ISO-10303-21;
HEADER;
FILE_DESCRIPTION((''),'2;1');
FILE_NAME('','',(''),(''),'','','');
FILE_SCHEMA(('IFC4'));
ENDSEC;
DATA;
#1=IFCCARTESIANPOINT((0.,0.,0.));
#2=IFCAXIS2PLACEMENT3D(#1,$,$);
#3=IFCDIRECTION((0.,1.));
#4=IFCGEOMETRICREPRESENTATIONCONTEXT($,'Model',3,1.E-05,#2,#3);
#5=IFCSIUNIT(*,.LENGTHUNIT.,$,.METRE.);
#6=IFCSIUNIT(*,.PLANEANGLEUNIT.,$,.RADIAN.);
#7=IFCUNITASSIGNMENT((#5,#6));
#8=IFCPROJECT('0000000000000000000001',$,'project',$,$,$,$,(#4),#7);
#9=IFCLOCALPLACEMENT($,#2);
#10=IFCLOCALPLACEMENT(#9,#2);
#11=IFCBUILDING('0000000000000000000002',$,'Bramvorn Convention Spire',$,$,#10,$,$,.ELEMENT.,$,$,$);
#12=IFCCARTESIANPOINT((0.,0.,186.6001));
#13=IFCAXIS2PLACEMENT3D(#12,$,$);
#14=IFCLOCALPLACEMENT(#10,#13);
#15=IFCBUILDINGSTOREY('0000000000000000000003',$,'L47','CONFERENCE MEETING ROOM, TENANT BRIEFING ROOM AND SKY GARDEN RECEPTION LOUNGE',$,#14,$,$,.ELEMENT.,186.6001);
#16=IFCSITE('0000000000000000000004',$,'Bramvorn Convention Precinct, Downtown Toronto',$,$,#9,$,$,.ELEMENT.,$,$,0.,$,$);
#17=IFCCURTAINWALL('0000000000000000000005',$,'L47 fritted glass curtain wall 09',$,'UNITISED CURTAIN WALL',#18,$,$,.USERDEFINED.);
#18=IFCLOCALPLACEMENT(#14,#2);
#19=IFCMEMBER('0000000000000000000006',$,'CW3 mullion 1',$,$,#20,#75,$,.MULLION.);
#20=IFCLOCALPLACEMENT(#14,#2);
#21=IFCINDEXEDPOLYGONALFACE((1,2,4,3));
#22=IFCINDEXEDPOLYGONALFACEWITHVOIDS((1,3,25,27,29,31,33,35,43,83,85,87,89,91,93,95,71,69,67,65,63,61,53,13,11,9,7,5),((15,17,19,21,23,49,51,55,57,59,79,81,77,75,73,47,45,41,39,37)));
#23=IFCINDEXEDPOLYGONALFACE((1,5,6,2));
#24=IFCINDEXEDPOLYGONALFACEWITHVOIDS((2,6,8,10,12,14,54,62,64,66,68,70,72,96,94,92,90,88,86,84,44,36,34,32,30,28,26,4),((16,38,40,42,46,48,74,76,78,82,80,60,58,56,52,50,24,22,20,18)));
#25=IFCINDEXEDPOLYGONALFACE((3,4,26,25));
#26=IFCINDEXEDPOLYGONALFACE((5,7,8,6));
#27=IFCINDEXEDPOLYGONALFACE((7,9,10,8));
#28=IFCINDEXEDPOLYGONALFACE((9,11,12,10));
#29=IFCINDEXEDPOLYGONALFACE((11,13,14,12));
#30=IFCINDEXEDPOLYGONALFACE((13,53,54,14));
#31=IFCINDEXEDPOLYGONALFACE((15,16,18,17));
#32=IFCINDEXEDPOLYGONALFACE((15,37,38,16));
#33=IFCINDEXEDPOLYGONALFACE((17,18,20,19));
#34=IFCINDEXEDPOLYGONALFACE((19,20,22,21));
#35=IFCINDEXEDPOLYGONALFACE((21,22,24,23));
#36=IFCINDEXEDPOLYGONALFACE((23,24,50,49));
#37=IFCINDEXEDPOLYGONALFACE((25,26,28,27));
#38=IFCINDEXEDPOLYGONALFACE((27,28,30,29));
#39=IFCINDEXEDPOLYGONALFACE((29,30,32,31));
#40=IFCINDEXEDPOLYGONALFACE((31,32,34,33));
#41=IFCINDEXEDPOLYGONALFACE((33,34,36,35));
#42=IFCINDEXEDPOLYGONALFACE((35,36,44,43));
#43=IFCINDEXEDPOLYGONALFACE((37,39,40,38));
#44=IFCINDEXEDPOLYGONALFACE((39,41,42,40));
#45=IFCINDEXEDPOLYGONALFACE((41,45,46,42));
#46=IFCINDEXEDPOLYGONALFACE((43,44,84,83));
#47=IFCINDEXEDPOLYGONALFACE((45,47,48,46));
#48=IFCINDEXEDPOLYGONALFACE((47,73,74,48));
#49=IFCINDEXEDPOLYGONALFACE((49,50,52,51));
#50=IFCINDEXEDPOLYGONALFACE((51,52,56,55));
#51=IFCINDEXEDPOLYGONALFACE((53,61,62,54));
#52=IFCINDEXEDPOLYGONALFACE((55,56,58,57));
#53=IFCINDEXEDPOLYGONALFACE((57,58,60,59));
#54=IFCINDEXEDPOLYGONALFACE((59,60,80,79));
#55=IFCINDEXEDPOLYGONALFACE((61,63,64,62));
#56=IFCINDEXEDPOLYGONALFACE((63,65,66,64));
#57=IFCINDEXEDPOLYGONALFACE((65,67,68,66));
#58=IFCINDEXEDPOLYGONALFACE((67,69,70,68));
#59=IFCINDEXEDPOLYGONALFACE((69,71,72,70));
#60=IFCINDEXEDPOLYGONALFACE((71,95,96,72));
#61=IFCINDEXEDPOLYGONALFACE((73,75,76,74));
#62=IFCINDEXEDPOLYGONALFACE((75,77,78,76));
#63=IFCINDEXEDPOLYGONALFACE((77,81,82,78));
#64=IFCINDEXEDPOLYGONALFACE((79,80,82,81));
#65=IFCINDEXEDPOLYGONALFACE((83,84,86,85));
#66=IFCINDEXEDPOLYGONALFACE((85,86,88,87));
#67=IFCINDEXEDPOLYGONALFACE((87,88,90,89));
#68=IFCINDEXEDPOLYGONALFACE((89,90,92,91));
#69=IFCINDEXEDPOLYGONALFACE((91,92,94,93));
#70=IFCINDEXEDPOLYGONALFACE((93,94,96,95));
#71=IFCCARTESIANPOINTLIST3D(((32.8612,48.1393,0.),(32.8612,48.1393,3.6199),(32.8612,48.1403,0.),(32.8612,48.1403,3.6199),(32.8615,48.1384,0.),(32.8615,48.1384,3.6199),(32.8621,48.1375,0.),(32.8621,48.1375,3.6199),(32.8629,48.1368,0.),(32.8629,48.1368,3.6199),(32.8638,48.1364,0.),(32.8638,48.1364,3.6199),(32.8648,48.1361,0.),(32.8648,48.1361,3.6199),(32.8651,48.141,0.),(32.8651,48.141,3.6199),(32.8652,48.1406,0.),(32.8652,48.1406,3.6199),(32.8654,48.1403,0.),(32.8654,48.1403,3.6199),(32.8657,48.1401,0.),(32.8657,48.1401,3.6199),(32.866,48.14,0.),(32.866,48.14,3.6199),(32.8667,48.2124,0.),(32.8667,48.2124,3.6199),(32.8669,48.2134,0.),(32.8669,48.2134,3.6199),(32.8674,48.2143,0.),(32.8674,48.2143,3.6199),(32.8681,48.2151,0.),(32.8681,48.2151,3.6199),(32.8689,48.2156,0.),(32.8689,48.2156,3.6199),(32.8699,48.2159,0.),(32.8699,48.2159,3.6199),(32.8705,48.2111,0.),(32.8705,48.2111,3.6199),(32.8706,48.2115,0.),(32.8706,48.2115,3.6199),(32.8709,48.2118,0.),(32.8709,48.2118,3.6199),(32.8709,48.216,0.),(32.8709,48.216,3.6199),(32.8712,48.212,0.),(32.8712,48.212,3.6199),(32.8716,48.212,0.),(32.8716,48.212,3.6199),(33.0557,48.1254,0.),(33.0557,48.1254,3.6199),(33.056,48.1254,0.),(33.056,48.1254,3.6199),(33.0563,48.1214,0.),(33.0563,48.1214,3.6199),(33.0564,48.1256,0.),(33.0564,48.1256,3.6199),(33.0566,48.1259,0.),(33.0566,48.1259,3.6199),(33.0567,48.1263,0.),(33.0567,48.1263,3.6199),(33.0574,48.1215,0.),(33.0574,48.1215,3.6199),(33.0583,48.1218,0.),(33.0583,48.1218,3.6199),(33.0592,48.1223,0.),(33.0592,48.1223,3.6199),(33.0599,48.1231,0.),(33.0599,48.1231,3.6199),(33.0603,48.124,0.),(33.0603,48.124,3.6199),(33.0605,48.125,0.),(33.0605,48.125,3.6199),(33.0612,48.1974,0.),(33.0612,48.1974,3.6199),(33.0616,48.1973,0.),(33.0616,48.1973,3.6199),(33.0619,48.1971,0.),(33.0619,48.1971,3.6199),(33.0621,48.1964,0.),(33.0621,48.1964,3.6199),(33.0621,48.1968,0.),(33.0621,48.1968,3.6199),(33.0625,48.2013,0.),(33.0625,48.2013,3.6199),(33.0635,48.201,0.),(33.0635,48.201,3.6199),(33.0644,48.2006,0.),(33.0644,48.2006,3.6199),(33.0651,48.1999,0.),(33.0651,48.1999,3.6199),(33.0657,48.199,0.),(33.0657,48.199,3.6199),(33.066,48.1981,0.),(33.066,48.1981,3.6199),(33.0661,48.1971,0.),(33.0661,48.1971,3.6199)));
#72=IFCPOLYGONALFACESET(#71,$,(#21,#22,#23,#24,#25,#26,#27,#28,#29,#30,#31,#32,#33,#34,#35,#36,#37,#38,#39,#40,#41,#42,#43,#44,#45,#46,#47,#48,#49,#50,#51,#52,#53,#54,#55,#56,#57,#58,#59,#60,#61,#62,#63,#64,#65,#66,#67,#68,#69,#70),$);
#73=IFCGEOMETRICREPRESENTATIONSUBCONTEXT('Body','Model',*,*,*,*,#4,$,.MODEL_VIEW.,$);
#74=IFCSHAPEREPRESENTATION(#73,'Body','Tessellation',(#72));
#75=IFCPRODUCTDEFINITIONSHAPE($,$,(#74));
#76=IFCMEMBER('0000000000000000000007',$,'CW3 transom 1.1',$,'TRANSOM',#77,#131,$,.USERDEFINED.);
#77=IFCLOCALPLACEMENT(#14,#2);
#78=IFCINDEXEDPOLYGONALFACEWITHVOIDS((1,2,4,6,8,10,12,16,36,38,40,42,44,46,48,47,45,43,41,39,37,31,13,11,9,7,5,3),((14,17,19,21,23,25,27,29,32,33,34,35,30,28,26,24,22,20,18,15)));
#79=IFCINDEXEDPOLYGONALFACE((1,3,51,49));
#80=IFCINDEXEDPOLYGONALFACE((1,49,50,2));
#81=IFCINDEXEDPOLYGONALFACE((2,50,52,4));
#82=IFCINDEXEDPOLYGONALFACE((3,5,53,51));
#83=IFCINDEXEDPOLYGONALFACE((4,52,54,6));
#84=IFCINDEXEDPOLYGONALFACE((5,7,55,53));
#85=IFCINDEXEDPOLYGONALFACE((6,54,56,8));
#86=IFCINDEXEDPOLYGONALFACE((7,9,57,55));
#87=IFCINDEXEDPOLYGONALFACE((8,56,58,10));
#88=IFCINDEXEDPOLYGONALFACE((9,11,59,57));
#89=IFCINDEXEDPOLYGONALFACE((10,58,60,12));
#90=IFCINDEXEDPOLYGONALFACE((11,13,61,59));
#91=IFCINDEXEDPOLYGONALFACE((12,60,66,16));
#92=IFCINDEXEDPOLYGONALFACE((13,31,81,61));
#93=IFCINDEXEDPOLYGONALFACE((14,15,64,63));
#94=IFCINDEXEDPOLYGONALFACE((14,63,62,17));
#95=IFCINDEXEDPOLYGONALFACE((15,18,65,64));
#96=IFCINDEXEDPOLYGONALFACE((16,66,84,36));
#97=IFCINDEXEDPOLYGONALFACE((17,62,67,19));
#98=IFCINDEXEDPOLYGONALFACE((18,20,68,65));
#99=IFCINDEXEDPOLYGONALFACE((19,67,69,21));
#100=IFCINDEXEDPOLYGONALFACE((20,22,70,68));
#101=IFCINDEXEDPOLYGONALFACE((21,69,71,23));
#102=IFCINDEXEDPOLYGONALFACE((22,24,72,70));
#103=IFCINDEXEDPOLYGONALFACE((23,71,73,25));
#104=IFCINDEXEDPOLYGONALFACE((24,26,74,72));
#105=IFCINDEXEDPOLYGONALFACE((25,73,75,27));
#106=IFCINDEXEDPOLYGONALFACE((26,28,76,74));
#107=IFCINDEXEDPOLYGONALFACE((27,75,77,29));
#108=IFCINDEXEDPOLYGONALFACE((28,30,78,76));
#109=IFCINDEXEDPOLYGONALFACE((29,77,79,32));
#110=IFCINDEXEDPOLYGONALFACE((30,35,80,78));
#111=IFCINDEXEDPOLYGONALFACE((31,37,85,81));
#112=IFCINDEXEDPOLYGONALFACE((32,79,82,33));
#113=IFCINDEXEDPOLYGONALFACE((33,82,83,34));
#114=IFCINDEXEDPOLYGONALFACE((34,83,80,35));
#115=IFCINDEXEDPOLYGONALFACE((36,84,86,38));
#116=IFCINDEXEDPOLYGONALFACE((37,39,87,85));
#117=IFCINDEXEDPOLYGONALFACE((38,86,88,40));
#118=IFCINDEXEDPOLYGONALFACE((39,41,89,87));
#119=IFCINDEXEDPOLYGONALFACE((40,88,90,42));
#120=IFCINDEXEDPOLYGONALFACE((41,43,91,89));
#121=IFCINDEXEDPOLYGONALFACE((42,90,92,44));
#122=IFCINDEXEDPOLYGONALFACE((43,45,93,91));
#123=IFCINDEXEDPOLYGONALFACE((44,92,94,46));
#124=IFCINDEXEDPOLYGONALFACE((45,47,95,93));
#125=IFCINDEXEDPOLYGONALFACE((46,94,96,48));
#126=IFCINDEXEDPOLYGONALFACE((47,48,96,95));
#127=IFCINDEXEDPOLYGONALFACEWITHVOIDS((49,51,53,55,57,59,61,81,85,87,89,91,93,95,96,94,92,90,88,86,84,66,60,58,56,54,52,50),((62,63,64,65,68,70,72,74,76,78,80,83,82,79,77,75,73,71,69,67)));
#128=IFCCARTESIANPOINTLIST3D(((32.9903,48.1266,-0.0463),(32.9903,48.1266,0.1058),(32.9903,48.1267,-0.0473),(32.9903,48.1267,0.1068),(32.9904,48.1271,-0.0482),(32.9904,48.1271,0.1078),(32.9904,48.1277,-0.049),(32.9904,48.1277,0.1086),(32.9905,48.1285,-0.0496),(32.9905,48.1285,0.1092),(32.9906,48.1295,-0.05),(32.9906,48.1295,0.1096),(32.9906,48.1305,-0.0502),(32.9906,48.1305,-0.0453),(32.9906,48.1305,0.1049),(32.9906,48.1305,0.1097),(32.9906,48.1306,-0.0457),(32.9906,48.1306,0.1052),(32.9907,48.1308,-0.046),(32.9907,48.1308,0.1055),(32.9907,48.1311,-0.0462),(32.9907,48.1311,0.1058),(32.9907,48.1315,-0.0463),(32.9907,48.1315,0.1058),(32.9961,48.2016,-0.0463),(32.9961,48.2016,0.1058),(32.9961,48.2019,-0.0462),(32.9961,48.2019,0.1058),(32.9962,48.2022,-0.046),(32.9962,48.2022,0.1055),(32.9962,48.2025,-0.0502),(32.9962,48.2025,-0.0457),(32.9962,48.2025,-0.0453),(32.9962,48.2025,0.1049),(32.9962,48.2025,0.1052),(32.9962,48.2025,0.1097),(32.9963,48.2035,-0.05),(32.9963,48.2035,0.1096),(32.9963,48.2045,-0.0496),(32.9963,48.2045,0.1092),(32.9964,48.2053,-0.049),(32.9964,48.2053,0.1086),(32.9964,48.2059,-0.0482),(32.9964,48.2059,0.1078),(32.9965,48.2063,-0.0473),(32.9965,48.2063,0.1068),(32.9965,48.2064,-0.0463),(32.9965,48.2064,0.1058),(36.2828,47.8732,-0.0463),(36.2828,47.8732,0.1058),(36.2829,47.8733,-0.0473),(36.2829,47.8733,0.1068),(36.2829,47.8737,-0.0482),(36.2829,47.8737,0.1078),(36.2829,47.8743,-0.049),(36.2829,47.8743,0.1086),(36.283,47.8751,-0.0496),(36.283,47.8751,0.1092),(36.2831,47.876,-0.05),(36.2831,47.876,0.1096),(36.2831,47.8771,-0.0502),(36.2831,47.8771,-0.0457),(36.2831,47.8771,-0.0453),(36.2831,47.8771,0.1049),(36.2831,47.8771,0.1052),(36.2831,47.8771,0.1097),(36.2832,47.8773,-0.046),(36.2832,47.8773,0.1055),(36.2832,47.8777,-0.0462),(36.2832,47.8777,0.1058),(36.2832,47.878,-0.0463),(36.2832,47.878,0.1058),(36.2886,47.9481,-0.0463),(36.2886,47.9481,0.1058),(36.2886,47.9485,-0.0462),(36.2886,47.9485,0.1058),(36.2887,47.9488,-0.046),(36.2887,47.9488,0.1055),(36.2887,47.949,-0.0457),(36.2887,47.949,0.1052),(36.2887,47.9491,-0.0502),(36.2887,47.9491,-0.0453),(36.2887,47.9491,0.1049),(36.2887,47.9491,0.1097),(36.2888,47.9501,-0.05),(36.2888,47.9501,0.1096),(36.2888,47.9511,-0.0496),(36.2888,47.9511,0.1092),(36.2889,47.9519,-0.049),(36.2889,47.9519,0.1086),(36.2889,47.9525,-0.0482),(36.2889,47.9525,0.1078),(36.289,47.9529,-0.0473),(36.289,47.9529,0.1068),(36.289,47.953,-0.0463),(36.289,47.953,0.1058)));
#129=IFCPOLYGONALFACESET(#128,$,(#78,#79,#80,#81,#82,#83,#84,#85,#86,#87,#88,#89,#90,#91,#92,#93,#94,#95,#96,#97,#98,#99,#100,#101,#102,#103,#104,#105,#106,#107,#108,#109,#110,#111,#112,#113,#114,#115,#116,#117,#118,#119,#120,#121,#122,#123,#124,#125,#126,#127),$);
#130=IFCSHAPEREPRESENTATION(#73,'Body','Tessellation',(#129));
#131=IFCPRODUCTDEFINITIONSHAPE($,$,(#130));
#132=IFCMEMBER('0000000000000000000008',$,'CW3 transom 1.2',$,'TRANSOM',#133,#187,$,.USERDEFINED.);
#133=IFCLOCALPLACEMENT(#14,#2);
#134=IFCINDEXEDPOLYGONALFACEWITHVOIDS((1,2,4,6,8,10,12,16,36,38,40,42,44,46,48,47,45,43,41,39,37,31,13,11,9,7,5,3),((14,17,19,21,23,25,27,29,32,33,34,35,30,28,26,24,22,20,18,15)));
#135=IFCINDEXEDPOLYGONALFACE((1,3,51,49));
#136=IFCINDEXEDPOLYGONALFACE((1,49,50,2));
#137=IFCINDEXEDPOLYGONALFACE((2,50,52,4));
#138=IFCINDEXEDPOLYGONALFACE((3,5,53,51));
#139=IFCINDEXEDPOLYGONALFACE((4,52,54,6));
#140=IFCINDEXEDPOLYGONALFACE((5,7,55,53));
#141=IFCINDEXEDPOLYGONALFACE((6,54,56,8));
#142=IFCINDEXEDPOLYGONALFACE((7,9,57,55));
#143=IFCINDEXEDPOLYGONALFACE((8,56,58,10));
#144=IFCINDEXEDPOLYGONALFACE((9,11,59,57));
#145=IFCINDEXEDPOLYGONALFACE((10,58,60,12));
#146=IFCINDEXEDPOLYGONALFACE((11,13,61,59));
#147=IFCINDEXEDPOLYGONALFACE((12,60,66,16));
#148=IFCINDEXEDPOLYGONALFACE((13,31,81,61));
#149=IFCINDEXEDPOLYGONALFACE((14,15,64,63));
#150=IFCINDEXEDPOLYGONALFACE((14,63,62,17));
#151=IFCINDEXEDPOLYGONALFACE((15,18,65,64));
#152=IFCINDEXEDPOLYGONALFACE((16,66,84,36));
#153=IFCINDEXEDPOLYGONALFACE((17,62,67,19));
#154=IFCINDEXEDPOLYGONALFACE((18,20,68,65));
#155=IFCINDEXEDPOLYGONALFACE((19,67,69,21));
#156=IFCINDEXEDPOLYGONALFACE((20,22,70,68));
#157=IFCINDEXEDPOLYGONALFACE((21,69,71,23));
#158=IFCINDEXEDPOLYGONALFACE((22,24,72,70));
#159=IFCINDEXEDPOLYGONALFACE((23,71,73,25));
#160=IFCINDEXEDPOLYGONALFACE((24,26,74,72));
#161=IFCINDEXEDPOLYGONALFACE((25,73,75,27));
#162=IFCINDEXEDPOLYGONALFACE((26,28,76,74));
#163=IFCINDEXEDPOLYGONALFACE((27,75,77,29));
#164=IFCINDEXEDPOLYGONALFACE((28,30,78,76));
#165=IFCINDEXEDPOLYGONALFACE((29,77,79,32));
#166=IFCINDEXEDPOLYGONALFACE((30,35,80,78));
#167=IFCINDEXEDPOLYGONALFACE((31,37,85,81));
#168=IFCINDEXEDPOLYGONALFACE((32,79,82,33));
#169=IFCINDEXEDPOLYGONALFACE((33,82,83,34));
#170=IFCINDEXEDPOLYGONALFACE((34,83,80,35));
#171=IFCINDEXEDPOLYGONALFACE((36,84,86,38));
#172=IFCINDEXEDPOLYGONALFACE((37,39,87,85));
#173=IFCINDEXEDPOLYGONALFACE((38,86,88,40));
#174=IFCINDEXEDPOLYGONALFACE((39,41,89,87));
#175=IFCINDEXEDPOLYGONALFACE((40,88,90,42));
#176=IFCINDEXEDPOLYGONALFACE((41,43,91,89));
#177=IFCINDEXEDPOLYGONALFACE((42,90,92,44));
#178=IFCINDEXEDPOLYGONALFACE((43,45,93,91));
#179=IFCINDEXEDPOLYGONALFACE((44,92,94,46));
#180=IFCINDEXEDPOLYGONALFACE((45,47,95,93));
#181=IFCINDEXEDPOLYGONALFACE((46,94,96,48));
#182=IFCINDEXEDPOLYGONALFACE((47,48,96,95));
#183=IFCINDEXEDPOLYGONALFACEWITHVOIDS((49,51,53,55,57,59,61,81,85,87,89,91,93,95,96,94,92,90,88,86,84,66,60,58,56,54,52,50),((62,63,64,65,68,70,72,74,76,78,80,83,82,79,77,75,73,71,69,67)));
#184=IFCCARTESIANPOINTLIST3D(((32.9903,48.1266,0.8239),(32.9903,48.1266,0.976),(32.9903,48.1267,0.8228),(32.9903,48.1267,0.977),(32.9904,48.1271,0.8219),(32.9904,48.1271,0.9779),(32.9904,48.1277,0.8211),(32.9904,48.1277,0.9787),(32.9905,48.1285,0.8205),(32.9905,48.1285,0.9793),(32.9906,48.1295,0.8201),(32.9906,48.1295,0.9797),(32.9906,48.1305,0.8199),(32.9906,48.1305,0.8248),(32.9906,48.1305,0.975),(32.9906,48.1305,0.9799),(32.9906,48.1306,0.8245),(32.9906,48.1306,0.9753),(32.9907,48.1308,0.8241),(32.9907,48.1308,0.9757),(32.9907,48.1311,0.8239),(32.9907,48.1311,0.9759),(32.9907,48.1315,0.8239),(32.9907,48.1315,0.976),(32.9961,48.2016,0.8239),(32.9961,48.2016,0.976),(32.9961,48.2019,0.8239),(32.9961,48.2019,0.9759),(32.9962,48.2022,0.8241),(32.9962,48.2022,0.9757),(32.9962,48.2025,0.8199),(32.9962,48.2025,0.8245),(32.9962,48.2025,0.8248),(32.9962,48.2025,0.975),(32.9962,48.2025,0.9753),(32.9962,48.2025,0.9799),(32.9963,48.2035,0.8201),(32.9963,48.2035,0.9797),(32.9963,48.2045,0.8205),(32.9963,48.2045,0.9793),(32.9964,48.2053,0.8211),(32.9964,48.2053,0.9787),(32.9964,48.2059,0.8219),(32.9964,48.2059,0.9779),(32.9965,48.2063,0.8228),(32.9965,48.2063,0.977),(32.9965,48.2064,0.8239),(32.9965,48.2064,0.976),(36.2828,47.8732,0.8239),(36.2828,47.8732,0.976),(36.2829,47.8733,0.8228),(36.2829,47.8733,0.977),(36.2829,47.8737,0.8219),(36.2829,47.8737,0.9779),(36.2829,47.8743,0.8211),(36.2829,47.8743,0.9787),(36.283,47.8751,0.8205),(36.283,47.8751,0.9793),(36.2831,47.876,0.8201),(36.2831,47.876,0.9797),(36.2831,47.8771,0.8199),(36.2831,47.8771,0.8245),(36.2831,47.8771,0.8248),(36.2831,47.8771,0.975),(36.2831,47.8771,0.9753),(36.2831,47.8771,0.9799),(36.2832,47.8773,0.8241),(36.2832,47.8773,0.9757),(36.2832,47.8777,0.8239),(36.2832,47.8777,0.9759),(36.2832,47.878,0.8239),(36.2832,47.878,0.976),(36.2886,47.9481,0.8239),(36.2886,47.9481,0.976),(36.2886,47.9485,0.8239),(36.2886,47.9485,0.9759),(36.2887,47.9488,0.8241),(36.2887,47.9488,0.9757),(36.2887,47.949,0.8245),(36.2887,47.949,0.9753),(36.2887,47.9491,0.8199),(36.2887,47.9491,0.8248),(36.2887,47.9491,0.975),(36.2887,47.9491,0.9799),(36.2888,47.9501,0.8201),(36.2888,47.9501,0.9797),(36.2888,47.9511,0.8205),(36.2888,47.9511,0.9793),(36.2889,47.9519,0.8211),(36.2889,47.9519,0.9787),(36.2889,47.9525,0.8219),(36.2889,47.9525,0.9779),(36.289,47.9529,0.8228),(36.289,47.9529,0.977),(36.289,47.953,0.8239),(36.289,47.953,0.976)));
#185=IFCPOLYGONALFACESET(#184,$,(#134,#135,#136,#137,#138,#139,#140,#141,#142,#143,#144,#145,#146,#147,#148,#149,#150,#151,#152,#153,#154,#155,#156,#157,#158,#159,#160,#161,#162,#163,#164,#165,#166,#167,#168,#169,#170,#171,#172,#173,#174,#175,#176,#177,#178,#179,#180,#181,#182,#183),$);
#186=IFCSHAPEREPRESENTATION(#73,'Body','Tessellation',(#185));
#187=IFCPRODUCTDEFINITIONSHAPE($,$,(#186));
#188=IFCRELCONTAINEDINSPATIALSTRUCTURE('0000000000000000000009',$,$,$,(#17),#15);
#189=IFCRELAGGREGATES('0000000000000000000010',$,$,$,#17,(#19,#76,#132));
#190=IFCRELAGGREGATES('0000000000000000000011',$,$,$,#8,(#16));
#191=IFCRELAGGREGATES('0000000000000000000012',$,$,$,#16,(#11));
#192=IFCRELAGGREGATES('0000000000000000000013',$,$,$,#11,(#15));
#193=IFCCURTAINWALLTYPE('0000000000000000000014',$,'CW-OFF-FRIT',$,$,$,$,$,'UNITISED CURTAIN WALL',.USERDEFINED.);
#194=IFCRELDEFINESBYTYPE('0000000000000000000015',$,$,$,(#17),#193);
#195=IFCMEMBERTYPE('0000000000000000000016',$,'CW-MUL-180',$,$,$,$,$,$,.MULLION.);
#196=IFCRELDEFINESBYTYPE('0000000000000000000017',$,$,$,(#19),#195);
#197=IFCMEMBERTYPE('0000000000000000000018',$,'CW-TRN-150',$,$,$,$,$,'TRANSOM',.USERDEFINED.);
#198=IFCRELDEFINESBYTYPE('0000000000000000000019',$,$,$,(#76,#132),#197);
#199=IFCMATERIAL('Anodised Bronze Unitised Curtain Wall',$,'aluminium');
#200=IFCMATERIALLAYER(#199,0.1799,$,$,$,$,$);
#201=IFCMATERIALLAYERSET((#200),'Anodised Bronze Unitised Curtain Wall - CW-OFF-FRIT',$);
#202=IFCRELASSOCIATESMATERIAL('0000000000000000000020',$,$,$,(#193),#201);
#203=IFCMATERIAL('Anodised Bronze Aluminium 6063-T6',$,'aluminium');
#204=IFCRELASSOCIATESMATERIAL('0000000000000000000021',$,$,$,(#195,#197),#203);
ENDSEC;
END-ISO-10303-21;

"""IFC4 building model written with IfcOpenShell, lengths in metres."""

from ifc_helpers import new_model, si_unit, direction, frame, origin, origin_2d, place, context, subcontext, project, spatial, hollow_rectangle, extrude, material, layer, layer_set, material_profile, profile_set, type_object, element, aggregate, save


model = new_model("IFC4")

# Units and contexts
model_context = context("Model", 3, precision=1e-05, world=origin(), true_north=direction((0.0, 1.0)))
body_context = subcontext(model_context, "Body", "Model", "MODEL_VIEW")
ifc_project = project(units=[si_unit("LENGTHUNIT", "METRE"), si_unit("PLANEANGLEUNIT", "RADIAN")], contexts=[model_context])

# Site, building, storey
site_placement = place(None, origin())
site = spatial("IfcSite", under=ifc_project, at=site_placement, Name="Bramvorn Convention Precinct, Downtown Toronto", CompositionType="ELEMENT", RefElevation=0.0)
building_placement = place(site_placement, origin())
building = spatial("IfcBuilding", under=site, at=building_placement, Name="Bramvorn Convention Spire", CompositionType="ELEMENT")
storey_placement = place(building_placement, frame((0.0, 0.0, 186.6001)))
storey = spatial("IfcBuildingStorey", under=building, at=storey_placement, Name="L47", Description="CONFERENCE MEETING ROOM, TENANT BRIEFING ROOM AND SKY GARDEN RECEPTION LOUNGE", CompositionType="ELEMENT", Elevation=186.6001)

# Curtain wall, members
ifc_material_1 = material(Name="Anodised Bronze Unitised Curtain Wall", Category="aluminium")
ifc_layer_1 = layer(ifc_material_1, 0.1799)
ifc_layer_set_1 = layer_set([ifc_layer_1], Name="Anodised Bronze Unitised Curtain Wall - CW-OFF-FRIT")
curtain_wall_type = type_object("IfcCurtainWallType", Name="CW-OFF-FRIT", ElementType="UNITISED CURTAIN WALL", PredefinedType="USERDEFINED", material=ifc_layer_set_1)
curtain_wall_placement = place(storey_placement, origin())
curtain_wall = element("IfcCurtainWall", 1, at=curtain_wall_placement, inside=storey, type_object=curtain_wall_type, Name="L47 fritted glass curtain wall 09", ObjectType="UNITISED CURTAIN WALL", PredefinedType="USERDEFINED")
ifc_material_2 = material(Name="Anodised Bronze Aluminium 6063-T6", Category="aluminium")
ifc_material_profile_1 = material_profile(ifc_material_2, hollow_rectangle(XDim=0.0801, YDim=0.2, WallThickness=0.0039, InnerFilletRadius=0.001, OuterFilletRadius=0.0039, at=origin_2d()))
ifc_profile_set_1 = profile_set([ifc_material_profile_1], Name="Anodised Bronze Aluminium 6063-T6 - CWM80X200")
member_type_1 = type_object("IfcMemberType", Name="CW-MUL-180", PredefinedType="MULLION", material=ifc_profile_set_1)
member_1_placement = place(storey_placement, frame((32.9636, 48.1687, 0.0), z_axis=(0.0, 0.0, 1.0), x_axis=(0.076675, 0.997056, 0.0)))
member_1 = element("IfcMember", 2, at=member_1_placement, type_object=member_type_1, Name="CW3 mullion 1", PredefinedType="MULLION", context=body_context, shape_type="SweptSolid", body=[
    extrude(hollow_rectangle(XDim=0.0801, YDim=0.2, WallThickness=0.0039, InnerFilletRadius=0.001, OuterFilletRadius=0.0039, at=origin_2d()), origin(), (0.0, 0.0, 1.0), 3.6199),
])
ifc_material_profile_2 = material_profile(ifc_material_2, hollow_rectangle(XDim=0.0801, YDim=0.1599, WallThickness=0.0039, InnerFilletRadius=0.001, OuterFilletRadius=0.0039, at=origin_2d()))
ifc_profile_set_2 = profile_set([ifc_material_profile_2], Name="Anodised Bronze Aluminium 6063-T6 - CWT80X160")
member_type_2 = type_object("IfcMemberType", Name="CW-TRN-150", ElementType="TRANSOM", PredefinedType="USERDEFINED", material=ifc_profile_set_2)
member_2_placement = place(storey_placement, frame((32.9934, 48.1665, 0.0298), z_axis=(0.997051, -0.076742, 0.0), x_axis=(0.076742, 0.997051, 0.0)))
member_2 = element("IfcMember", 3, at=member_2_placement, type_object=member_type_2, Name="CW3 transom 1.1", ObjectType="TRANSOM", PredefinedType="USERDEFINED", context=body_context, shape_type="SweptSolid", body=[
    extrude(hollow_rectangle(XDim=0.0801, YDim=0.1599, WallThickness=0.0039, InnerFilletRadius=0.001, OuterFilletRadius=0.0039, at=origin_2d()), origin(), (0.0, 0.0, 1.0), 3.3022),
])
member_3_placement = place(storey_placement, frame((32.9934, 48.1665, 0.8999), z_axis=(0.997051, -0.076742, 0.0), x_axis=(0.076742, 0.997051, 0.0)))
member_3 = element("IfcMember", 4, at=member_3_placement, type_object=member_type_2, Name="CW3 transom 1.2", ObjectType="TRANSOM", PredefinedType="USERDEFINED", context=body_context, shape_type="SweptSolid", body=[
    extrude(hollow_rectangle(XDim=0.0801, YDim=0.1599, WallThickness=0.0039, InnerFilletRadius=0.001, OuterFilletRadius=0.0039, at=origin_2d()), origin(), (0.0, 0.0, 1.0), 3.3022),
])
aggregate(curtain_wall, [member_1, member_2, member_3])

save(model, "model.ifc")
